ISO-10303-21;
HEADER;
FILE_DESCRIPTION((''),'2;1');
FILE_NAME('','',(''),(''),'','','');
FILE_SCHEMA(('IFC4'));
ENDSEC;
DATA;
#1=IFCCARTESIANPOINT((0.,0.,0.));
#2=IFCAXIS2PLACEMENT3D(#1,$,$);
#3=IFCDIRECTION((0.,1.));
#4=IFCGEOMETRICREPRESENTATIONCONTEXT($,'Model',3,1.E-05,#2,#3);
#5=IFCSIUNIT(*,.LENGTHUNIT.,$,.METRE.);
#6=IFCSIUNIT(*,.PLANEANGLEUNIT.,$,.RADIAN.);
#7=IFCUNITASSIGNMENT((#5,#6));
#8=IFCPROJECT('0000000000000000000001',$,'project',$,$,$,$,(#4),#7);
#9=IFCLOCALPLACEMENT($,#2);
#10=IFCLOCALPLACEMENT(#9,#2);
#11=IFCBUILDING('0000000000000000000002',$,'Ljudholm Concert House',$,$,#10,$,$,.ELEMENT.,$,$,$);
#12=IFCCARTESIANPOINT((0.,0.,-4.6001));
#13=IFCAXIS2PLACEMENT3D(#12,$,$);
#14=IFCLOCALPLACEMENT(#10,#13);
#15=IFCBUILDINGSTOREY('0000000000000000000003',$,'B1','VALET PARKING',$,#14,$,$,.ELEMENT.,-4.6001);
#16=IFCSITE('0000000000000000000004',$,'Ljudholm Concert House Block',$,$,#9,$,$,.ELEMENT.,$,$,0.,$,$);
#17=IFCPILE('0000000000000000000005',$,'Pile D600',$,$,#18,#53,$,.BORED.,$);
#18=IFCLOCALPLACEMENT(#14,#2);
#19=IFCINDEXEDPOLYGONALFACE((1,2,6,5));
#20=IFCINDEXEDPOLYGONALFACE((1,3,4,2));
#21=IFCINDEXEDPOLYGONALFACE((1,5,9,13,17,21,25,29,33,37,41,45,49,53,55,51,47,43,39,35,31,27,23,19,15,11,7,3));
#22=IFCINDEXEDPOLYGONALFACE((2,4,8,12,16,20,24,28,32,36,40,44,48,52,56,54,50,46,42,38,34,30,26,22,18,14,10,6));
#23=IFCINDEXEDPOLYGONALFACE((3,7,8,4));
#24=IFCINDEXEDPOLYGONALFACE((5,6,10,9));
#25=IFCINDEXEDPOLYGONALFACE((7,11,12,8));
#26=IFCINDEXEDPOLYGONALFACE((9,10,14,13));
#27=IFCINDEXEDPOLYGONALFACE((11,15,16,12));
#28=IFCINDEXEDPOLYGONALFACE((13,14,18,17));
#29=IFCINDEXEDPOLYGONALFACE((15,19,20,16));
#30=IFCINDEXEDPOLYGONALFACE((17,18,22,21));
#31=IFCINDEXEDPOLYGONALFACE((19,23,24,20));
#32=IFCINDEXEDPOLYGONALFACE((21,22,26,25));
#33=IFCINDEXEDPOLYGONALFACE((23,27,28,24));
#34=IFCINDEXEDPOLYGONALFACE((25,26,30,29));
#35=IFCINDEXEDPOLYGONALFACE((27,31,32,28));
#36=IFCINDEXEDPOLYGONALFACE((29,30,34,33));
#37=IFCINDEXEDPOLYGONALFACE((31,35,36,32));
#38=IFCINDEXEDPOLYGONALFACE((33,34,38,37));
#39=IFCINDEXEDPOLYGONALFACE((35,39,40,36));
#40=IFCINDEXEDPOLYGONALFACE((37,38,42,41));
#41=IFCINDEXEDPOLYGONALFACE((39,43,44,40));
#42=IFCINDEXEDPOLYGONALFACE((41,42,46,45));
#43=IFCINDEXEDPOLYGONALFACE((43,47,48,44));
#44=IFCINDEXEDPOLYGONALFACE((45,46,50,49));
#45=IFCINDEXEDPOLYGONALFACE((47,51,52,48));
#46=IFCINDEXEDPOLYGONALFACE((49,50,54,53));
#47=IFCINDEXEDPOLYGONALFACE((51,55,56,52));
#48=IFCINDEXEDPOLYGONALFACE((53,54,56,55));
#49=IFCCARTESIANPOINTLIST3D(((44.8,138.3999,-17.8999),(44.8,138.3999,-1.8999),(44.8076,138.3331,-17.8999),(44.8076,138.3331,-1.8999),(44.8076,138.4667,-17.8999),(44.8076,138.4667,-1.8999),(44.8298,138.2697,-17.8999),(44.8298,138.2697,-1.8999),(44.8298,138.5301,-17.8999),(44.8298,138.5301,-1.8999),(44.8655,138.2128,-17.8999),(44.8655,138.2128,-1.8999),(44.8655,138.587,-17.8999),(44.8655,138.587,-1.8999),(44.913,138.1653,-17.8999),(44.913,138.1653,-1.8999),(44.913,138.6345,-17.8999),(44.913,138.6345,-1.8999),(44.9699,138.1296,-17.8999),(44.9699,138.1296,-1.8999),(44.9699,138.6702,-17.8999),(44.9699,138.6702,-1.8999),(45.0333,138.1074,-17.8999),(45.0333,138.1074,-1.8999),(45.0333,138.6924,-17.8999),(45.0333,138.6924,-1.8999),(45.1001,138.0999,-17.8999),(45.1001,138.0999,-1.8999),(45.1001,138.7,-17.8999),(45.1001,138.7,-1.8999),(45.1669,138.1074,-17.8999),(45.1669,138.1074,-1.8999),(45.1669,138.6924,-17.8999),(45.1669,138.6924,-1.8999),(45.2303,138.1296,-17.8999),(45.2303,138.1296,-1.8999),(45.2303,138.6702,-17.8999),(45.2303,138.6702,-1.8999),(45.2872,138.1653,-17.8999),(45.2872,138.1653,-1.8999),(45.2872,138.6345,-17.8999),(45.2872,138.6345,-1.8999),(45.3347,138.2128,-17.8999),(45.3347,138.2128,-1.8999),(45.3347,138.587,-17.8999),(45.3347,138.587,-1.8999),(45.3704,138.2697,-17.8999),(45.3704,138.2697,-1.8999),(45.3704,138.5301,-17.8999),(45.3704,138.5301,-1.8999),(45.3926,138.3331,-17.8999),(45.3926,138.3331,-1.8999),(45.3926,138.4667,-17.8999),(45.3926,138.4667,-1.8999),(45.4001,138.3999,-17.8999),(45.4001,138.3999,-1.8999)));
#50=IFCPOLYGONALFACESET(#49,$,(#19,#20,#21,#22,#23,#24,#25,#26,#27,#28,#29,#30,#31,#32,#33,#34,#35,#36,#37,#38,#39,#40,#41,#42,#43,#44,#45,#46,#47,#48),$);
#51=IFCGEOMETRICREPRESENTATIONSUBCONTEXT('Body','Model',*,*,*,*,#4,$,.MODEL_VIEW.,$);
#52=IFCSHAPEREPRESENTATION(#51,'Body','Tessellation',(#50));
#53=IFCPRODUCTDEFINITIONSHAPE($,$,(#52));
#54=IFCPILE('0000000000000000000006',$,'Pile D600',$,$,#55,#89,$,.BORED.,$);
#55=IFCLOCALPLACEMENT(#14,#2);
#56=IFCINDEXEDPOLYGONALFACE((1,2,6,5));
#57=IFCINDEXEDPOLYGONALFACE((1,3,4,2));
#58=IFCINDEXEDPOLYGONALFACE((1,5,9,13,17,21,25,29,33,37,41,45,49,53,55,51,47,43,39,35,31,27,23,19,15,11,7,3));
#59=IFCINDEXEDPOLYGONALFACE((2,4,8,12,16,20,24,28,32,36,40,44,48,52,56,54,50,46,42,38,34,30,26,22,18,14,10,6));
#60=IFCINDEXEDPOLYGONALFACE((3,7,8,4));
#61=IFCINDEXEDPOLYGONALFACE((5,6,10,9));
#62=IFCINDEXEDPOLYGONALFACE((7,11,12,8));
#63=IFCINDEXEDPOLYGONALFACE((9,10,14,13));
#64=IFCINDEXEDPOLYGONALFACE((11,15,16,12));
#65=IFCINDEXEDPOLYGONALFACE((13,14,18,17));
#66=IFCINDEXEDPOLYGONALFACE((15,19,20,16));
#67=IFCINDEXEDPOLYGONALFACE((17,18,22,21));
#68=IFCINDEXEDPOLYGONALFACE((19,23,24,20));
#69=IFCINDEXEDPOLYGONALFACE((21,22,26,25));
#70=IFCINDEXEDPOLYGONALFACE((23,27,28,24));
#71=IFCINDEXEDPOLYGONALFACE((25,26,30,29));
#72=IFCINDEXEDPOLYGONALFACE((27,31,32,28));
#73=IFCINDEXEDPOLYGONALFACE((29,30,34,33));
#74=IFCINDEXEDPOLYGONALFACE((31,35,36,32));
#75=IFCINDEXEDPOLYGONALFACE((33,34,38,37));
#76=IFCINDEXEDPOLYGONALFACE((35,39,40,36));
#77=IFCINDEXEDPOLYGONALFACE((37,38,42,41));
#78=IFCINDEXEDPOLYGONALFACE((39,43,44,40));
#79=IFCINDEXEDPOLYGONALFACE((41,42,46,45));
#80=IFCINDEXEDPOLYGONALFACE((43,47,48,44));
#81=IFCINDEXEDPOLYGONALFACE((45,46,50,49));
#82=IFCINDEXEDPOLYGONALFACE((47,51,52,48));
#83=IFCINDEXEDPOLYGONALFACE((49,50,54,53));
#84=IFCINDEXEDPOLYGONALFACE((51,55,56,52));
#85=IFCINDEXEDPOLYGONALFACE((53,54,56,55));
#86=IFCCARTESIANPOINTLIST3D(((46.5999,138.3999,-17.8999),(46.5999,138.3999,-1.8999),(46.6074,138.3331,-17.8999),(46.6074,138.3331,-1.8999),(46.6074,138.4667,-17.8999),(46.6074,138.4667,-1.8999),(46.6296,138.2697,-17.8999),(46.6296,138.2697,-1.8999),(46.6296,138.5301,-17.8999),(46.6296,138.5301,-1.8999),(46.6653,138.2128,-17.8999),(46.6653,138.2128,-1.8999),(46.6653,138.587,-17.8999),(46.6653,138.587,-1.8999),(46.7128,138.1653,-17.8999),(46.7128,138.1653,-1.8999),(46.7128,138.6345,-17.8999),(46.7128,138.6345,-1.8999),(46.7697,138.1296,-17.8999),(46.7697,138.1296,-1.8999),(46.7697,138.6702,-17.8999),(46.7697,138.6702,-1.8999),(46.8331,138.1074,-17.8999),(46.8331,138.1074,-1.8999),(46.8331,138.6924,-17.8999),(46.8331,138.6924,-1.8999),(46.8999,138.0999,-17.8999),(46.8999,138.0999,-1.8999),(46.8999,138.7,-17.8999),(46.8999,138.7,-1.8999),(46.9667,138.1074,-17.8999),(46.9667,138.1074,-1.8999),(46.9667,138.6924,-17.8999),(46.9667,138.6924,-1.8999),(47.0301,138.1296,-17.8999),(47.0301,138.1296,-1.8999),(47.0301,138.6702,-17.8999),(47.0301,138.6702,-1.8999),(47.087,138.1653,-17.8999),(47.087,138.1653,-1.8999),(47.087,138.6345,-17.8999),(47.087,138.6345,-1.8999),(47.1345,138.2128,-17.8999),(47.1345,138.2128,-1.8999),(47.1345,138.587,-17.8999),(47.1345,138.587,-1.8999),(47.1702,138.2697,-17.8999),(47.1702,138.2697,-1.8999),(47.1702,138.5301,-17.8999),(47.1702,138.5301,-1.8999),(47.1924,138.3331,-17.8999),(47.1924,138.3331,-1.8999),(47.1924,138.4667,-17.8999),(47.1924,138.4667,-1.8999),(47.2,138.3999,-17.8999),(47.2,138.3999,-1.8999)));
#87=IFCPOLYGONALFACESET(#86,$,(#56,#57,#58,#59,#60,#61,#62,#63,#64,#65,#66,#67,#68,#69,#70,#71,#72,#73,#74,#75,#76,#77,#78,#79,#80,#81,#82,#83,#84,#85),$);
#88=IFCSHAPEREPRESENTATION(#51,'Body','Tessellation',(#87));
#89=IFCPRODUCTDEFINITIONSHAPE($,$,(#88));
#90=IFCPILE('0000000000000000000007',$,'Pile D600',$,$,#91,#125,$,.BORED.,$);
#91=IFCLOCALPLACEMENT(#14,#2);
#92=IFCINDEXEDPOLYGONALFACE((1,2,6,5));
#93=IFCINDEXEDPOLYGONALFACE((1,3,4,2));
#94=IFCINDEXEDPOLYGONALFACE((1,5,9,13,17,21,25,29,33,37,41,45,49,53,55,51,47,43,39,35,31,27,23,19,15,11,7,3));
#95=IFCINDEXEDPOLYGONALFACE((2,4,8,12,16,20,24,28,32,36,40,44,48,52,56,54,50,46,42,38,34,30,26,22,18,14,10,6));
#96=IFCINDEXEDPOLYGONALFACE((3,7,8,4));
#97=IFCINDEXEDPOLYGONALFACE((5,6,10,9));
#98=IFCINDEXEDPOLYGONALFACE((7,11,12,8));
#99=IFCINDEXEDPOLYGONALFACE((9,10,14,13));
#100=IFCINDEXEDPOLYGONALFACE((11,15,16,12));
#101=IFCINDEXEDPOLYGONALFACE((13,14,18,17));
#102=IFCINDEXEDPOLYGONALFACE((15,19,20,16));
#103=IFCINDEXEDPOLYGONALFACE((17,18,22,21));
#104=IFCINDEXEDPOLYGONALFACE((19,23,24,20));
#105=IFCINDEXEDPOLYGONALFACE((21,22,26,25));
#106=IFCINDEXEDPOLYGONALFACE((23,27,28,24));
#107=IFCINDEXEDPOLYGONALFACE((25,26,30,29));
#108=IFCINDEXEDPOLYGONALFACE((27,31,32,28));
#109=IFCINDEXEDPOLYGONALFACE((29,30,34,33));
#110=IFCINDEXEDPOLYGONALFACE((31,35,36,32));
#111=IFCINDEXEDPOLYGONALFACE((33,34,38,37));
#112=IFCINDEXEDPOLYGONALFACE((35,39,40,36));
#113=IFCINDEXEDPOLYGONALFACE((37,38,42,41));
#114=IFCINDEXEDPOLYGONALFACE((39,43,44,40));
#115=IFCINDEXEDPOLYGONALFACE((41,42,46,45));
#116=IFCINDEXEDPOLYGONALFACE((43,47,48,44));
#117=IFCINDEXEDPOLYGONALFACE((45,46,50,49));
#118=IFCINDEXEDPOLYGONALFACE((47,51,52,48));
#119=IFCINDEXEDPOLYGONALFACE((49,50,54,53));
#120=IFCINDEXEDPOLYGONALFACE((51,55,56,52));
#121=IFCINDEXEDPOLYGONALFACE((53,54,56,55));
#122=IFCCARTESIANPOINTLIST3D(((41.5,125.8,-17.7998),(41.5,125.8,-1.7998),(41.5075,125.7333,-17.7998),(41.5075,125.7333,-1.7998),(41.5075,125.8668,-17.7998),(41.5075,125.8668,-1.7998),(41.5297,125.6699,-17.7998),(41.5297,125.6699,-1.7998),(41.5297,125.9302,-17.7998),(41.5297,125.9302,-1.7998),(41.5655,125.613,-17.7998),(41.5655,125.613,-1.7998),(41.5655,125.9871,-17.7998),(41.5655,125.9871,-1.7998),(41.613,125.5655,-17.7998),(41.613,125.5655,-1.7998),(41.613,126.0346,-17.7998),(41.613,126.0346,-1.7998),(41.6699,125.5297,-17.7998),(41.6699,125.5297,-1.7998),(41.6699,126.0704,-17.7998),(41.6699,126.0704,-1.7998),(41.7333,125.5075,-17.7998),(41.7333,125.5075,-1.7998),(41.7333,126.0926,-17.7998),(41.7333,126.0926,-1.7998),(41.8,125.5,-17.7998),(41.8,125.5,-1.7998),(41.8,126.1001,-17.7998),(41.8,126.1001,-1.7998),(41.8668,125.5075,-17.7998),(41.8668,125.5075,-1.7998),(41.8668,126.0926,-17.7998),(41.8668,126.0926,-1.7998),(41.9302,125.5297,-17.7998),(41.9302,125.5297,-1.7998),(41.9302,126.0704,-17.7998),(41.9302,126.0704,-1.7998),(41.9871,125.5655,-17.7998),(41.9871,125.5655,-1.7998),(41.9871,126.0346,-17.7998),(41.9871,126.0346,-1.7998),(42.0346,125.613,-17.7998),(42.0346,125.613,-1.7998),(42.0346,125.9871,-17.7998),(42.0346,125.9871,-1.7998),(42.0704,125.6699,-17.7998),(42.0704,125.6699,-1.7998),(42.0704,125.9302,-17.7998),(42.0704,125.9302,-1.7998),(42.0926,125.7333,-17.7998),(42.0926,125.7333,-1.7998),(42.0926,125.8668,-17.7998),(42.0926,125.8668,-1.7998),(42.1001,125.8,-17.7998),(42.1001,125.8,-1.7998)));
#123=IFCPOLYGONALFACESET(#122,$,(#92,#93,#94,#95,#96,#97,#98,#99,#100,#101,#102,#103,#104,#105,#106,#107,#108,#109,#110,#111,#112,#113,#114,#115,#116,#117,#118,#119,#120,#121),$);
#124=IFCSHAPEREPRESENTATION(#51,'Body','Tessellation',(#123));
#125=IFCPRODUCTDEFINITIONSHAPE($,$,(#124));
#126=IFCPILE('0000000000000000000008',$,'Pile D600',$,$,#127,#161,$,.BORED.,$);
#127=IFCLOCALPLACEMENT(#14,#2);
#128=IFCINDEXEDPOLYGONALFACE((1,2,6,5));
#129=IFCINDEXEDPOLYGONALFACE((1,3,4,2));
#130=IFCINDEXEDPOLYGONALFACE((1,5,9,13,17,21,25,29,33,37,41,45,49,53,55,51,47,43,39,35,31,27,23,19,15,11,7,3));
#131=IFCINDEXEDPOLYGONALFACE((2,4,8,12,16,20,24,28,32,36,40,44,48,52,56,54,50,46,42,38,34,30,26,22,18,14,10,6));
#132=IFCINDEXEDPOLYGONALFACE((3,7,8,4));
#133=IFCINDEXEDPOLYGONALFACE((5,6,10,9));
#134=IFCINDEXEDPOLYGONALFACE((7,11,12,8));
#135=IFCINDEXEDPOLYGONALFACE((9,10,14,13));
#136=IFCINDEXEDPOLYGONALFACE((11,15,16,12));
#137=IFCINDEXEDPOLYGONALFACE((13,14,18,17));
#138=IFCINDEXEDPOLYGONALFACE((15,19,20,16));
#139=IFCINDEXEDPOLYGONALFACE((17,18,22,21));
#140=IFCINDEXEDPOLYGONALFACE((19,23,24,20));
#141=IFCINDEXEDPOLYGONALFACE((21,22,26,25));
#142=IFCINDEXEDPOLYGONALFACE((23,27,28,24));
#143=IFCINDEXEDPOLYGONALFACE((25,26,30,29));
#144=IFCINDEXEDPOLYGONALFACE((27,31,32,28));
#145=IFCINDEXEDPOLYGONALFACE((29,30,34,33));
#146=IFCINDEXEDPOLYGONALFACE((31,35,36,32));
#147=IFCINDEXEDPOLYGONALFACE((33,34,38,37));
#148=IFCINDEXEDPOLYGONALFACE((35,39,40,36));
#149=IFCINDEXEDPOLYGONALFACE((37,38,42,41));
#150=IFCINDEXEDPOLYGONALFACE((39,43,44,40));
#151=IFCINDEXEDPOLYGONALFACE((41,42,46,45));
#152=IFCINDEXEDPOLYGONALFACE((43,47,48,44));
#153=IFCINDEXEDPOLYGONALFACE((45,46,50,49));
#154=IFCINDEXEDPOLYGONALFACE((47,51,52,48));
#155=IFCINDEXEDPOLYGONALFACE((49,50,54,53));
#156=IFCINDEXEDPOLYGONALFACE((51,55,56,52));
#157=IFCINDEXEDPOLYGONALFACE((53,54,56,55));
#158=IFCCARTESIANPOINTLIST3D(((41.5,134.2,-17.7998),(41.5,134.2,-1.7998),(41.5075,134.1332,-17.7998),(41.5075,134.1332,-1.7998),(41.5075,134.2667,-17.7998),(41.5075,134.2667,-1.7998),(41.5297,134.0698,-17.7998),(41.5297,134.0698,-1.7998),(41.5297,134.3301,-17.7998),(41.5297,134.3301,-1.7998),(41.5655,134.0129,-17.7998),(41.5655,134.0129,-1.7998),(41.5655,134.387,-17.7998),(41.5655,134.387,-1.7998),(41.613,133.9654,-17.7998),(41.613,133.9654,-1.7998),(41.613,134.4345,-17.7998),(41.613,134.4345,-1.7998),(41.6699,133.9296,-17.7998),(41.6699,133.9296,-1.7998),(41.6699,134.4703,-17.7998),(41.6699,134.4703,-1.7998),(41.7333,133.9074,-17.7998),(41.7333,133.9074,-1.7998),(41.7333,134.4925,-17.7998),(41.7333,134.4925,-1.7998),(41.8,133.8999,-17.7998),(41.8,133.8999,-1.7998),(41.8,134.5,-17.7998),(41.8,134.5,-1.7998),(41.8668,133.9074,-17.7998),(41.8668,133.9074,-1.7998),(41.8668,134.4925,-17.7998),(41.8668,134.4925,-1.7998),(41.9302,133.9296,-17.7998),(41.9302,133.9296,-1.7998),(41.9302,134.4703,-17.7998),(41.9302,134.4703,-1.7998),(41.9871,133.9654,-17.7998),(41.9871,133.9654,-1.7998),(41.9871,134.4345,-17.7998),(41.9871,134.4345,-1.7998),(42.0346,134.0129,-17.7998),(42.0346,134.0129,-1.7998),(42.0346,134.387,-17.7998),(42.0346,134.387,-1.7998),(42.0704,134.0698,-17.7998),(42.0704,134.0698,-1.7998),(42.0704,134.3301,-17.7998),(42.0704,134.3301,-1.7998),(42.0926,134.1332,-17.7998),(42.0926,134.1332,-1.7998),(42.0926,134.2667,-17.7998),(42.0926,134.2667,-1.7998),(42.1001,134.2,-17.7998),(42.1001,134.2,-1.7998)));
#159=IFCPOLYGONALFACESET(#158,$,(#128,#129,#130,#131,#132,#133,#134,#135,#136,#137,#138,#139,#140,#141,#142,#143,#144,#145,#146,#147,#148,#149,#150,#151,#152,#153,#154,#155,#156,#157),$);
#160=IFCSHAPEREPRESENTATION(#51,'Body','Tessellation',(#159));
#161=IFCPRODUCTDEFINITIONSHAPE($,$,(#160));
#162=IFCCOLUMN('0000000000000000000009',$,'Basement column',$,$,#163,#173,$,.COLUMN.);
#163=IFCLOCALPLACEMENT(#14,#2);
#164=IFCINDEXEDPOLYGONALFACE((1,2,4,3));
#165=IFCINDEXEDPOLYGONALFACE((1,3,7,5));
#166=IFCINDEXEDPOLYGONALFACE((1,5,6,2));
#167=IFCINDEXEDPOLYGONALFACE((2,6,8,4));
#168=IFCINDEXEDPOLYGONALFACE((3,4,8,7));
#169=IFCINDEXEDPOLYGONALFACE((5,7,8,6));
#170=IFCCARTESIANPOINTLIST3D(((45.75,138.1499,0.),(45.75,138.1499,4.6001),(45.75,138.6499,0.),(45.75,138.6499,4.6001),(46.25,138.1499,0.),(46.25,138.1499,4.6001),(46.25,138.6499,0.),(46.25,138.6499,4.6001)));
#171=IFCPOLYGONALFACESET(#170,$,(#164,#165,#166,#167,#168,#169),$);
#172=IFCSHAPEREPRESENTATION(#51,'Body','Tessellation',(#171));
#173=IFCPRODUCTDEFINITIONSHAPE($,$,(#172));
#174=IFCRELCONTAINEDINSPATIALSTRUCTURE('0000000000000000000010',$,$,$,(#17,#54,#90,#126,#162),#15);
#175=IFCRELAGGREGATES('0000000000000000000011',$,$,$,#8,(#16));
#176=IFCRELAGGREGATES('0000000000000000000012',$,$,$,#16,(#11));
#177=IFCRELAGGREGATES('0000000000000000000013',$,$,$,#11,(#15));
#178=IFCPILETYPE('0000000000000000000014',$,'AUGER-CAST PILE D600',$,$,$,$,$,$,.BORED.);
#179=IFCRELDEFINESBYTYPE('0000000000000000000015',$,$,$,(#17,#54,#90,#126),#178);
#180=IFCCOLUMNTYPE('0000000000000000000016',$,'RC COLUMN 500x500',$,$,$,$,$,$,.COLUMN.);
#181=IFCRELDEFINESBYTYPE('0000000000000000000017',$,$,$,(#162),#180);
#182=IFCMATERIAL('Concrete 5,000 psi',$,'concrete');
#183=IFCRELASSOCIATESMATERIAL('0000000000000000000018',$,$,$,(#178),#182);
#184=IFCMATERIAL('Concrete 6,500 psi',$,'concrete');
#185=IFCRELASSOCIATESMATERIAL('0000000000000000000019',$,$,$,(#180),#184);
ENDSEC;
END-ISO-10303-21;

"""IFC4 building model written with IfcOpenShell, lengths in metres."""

from ifc_helpers import new_model, si_unit, direction, frame, origin, origin_2d, place, context, subcontext, project, spatial, rectangle, circle, extrude, material, material_profile, profile_set, type_object, element, save


model = new_model("IFC4")

# Units and contexts
model_context = context("Model", 3, precision=1e-05, world=origin(), true_north=direction((0.0, 1.0)))
body_context = subcontext(model_context, "Body", "Model", "MODEL_VIEW")
ifc_project = project(units=[si_unit("LENGTHUNIT", "METRE"), si_unit("PLANEANGLEUNIT", "RADIAN")], contexts=[model_context])

# Site, building, storey
site_placement = place(None, origin())
site = spatial("IfcSite", under=ifc_project, at=site_placement, Name="Ljudholm Concert House Block", CompositionType="ELEMENT", RefElevation=0.0)
building_placement = place(site_placement, origin())
building = spatial("IfcBuilding", under=site, at=building_placement, Name="Ljudholm Concert House", CompositionType="ELEMENT")
storey_placement = place(building_placement, frame((0.0, 0.0, -4.6001)))
storey = spatial("IfcBuildingStorey", under=building, at=storey_placement, Name="B1", Description="VALET PARKING", CompositionType="ELEMENT", Elevation=-4.6001)

# Piles
ifc_material_1 = material(Name="Concrete 5,000 psi", Category="concrete")
ifc_material_profile_1 = material_profile(ifc_material_1, circle(Radius=0.3, at=origin_2d()), Name="AUGER-CAST PILE D600")
ifc_profile_set_1 = profile_set([ifc_material_profile_1], Name="Concrete 5,000 psi")
pile_type = type_object("IfcPileType", Name="AUGER-CAST PILE D600", PredefinedType="BORED", material=ifc_profile_set_1)
for number, where, z_axis, x_axis, name in (
    (1, (45.1001, 138.3999, -1.8999), (0.0, 0.0, -1.0), (1.0, 0.0, 0.0), "Pile D600"),
    (2, (46.8999, 138.3999, -1.8999), (0.0, 0.0, -1.0), (1.0, 0.0, 0.0), "Pile D600"),
    (3, (41.8, 125.8, -1.7998), (0.0, 0.0, -1.0), (1.0, 0.0, 0.0), "Pile D600"),
    (4, (41.8, 134.2, -1.7998), (0.0, 0.0, -1.0), (1.0, 0.0, 0.0), "Pile D600"),
):
    element("IfcPile", number, at=place(storey_placement, frame(where, z_axis=z_axis, x_axis=x_axis)), inside=storey, type_object=pile_type, Name=name, PredefinedType="BORED", context=body_context, shape_type="SweptSolid", body=[
        extrude(circle(Radius=0.3, at=origin_2d()), origin(), (0.0, 0.0, 1.0), 16.0),
    ])

# Column
ifc_material_2 = material(Name="Concrete 6,500 psi", Category="concrete")
ifc_material_profile_2 = material_profile(ifc_material_2, rectangle(XDim=0.5, YDim=0.5, at=origin_2d()), Name="RC COLUMN 500x500")
ifc_profile_set_2 = profile_set([ifc_material_profile_2], Name="Concrete 6,500 psi")
column_type_1 = type_object("IfcColumnType", Name="RC COLUMN 500x500", PredefinedType="COLUMN", material=ifc_profile_set_2)
column_1_placement = place(storey_placement, frame((46.0, 138.3999, 0.0), z_axis=(0.0, 0.0, 1.0), x_axis=(1.0, 0.0, 0.0)))
element("IfcColumn", 5, at=column_1_placement, inside=storey, type_object=column_type_1, Name="Basement column", PredefinedType="COLUMN", context=body_context, shape_type="SweptSolid", body=[
    extrude(rectangle(XDim=0.5, YDim=0.5, at=origin_2d()), origin(), (0.0, 0.0, 1.0), 4.6001),
])

save(model, "model.ifc")
